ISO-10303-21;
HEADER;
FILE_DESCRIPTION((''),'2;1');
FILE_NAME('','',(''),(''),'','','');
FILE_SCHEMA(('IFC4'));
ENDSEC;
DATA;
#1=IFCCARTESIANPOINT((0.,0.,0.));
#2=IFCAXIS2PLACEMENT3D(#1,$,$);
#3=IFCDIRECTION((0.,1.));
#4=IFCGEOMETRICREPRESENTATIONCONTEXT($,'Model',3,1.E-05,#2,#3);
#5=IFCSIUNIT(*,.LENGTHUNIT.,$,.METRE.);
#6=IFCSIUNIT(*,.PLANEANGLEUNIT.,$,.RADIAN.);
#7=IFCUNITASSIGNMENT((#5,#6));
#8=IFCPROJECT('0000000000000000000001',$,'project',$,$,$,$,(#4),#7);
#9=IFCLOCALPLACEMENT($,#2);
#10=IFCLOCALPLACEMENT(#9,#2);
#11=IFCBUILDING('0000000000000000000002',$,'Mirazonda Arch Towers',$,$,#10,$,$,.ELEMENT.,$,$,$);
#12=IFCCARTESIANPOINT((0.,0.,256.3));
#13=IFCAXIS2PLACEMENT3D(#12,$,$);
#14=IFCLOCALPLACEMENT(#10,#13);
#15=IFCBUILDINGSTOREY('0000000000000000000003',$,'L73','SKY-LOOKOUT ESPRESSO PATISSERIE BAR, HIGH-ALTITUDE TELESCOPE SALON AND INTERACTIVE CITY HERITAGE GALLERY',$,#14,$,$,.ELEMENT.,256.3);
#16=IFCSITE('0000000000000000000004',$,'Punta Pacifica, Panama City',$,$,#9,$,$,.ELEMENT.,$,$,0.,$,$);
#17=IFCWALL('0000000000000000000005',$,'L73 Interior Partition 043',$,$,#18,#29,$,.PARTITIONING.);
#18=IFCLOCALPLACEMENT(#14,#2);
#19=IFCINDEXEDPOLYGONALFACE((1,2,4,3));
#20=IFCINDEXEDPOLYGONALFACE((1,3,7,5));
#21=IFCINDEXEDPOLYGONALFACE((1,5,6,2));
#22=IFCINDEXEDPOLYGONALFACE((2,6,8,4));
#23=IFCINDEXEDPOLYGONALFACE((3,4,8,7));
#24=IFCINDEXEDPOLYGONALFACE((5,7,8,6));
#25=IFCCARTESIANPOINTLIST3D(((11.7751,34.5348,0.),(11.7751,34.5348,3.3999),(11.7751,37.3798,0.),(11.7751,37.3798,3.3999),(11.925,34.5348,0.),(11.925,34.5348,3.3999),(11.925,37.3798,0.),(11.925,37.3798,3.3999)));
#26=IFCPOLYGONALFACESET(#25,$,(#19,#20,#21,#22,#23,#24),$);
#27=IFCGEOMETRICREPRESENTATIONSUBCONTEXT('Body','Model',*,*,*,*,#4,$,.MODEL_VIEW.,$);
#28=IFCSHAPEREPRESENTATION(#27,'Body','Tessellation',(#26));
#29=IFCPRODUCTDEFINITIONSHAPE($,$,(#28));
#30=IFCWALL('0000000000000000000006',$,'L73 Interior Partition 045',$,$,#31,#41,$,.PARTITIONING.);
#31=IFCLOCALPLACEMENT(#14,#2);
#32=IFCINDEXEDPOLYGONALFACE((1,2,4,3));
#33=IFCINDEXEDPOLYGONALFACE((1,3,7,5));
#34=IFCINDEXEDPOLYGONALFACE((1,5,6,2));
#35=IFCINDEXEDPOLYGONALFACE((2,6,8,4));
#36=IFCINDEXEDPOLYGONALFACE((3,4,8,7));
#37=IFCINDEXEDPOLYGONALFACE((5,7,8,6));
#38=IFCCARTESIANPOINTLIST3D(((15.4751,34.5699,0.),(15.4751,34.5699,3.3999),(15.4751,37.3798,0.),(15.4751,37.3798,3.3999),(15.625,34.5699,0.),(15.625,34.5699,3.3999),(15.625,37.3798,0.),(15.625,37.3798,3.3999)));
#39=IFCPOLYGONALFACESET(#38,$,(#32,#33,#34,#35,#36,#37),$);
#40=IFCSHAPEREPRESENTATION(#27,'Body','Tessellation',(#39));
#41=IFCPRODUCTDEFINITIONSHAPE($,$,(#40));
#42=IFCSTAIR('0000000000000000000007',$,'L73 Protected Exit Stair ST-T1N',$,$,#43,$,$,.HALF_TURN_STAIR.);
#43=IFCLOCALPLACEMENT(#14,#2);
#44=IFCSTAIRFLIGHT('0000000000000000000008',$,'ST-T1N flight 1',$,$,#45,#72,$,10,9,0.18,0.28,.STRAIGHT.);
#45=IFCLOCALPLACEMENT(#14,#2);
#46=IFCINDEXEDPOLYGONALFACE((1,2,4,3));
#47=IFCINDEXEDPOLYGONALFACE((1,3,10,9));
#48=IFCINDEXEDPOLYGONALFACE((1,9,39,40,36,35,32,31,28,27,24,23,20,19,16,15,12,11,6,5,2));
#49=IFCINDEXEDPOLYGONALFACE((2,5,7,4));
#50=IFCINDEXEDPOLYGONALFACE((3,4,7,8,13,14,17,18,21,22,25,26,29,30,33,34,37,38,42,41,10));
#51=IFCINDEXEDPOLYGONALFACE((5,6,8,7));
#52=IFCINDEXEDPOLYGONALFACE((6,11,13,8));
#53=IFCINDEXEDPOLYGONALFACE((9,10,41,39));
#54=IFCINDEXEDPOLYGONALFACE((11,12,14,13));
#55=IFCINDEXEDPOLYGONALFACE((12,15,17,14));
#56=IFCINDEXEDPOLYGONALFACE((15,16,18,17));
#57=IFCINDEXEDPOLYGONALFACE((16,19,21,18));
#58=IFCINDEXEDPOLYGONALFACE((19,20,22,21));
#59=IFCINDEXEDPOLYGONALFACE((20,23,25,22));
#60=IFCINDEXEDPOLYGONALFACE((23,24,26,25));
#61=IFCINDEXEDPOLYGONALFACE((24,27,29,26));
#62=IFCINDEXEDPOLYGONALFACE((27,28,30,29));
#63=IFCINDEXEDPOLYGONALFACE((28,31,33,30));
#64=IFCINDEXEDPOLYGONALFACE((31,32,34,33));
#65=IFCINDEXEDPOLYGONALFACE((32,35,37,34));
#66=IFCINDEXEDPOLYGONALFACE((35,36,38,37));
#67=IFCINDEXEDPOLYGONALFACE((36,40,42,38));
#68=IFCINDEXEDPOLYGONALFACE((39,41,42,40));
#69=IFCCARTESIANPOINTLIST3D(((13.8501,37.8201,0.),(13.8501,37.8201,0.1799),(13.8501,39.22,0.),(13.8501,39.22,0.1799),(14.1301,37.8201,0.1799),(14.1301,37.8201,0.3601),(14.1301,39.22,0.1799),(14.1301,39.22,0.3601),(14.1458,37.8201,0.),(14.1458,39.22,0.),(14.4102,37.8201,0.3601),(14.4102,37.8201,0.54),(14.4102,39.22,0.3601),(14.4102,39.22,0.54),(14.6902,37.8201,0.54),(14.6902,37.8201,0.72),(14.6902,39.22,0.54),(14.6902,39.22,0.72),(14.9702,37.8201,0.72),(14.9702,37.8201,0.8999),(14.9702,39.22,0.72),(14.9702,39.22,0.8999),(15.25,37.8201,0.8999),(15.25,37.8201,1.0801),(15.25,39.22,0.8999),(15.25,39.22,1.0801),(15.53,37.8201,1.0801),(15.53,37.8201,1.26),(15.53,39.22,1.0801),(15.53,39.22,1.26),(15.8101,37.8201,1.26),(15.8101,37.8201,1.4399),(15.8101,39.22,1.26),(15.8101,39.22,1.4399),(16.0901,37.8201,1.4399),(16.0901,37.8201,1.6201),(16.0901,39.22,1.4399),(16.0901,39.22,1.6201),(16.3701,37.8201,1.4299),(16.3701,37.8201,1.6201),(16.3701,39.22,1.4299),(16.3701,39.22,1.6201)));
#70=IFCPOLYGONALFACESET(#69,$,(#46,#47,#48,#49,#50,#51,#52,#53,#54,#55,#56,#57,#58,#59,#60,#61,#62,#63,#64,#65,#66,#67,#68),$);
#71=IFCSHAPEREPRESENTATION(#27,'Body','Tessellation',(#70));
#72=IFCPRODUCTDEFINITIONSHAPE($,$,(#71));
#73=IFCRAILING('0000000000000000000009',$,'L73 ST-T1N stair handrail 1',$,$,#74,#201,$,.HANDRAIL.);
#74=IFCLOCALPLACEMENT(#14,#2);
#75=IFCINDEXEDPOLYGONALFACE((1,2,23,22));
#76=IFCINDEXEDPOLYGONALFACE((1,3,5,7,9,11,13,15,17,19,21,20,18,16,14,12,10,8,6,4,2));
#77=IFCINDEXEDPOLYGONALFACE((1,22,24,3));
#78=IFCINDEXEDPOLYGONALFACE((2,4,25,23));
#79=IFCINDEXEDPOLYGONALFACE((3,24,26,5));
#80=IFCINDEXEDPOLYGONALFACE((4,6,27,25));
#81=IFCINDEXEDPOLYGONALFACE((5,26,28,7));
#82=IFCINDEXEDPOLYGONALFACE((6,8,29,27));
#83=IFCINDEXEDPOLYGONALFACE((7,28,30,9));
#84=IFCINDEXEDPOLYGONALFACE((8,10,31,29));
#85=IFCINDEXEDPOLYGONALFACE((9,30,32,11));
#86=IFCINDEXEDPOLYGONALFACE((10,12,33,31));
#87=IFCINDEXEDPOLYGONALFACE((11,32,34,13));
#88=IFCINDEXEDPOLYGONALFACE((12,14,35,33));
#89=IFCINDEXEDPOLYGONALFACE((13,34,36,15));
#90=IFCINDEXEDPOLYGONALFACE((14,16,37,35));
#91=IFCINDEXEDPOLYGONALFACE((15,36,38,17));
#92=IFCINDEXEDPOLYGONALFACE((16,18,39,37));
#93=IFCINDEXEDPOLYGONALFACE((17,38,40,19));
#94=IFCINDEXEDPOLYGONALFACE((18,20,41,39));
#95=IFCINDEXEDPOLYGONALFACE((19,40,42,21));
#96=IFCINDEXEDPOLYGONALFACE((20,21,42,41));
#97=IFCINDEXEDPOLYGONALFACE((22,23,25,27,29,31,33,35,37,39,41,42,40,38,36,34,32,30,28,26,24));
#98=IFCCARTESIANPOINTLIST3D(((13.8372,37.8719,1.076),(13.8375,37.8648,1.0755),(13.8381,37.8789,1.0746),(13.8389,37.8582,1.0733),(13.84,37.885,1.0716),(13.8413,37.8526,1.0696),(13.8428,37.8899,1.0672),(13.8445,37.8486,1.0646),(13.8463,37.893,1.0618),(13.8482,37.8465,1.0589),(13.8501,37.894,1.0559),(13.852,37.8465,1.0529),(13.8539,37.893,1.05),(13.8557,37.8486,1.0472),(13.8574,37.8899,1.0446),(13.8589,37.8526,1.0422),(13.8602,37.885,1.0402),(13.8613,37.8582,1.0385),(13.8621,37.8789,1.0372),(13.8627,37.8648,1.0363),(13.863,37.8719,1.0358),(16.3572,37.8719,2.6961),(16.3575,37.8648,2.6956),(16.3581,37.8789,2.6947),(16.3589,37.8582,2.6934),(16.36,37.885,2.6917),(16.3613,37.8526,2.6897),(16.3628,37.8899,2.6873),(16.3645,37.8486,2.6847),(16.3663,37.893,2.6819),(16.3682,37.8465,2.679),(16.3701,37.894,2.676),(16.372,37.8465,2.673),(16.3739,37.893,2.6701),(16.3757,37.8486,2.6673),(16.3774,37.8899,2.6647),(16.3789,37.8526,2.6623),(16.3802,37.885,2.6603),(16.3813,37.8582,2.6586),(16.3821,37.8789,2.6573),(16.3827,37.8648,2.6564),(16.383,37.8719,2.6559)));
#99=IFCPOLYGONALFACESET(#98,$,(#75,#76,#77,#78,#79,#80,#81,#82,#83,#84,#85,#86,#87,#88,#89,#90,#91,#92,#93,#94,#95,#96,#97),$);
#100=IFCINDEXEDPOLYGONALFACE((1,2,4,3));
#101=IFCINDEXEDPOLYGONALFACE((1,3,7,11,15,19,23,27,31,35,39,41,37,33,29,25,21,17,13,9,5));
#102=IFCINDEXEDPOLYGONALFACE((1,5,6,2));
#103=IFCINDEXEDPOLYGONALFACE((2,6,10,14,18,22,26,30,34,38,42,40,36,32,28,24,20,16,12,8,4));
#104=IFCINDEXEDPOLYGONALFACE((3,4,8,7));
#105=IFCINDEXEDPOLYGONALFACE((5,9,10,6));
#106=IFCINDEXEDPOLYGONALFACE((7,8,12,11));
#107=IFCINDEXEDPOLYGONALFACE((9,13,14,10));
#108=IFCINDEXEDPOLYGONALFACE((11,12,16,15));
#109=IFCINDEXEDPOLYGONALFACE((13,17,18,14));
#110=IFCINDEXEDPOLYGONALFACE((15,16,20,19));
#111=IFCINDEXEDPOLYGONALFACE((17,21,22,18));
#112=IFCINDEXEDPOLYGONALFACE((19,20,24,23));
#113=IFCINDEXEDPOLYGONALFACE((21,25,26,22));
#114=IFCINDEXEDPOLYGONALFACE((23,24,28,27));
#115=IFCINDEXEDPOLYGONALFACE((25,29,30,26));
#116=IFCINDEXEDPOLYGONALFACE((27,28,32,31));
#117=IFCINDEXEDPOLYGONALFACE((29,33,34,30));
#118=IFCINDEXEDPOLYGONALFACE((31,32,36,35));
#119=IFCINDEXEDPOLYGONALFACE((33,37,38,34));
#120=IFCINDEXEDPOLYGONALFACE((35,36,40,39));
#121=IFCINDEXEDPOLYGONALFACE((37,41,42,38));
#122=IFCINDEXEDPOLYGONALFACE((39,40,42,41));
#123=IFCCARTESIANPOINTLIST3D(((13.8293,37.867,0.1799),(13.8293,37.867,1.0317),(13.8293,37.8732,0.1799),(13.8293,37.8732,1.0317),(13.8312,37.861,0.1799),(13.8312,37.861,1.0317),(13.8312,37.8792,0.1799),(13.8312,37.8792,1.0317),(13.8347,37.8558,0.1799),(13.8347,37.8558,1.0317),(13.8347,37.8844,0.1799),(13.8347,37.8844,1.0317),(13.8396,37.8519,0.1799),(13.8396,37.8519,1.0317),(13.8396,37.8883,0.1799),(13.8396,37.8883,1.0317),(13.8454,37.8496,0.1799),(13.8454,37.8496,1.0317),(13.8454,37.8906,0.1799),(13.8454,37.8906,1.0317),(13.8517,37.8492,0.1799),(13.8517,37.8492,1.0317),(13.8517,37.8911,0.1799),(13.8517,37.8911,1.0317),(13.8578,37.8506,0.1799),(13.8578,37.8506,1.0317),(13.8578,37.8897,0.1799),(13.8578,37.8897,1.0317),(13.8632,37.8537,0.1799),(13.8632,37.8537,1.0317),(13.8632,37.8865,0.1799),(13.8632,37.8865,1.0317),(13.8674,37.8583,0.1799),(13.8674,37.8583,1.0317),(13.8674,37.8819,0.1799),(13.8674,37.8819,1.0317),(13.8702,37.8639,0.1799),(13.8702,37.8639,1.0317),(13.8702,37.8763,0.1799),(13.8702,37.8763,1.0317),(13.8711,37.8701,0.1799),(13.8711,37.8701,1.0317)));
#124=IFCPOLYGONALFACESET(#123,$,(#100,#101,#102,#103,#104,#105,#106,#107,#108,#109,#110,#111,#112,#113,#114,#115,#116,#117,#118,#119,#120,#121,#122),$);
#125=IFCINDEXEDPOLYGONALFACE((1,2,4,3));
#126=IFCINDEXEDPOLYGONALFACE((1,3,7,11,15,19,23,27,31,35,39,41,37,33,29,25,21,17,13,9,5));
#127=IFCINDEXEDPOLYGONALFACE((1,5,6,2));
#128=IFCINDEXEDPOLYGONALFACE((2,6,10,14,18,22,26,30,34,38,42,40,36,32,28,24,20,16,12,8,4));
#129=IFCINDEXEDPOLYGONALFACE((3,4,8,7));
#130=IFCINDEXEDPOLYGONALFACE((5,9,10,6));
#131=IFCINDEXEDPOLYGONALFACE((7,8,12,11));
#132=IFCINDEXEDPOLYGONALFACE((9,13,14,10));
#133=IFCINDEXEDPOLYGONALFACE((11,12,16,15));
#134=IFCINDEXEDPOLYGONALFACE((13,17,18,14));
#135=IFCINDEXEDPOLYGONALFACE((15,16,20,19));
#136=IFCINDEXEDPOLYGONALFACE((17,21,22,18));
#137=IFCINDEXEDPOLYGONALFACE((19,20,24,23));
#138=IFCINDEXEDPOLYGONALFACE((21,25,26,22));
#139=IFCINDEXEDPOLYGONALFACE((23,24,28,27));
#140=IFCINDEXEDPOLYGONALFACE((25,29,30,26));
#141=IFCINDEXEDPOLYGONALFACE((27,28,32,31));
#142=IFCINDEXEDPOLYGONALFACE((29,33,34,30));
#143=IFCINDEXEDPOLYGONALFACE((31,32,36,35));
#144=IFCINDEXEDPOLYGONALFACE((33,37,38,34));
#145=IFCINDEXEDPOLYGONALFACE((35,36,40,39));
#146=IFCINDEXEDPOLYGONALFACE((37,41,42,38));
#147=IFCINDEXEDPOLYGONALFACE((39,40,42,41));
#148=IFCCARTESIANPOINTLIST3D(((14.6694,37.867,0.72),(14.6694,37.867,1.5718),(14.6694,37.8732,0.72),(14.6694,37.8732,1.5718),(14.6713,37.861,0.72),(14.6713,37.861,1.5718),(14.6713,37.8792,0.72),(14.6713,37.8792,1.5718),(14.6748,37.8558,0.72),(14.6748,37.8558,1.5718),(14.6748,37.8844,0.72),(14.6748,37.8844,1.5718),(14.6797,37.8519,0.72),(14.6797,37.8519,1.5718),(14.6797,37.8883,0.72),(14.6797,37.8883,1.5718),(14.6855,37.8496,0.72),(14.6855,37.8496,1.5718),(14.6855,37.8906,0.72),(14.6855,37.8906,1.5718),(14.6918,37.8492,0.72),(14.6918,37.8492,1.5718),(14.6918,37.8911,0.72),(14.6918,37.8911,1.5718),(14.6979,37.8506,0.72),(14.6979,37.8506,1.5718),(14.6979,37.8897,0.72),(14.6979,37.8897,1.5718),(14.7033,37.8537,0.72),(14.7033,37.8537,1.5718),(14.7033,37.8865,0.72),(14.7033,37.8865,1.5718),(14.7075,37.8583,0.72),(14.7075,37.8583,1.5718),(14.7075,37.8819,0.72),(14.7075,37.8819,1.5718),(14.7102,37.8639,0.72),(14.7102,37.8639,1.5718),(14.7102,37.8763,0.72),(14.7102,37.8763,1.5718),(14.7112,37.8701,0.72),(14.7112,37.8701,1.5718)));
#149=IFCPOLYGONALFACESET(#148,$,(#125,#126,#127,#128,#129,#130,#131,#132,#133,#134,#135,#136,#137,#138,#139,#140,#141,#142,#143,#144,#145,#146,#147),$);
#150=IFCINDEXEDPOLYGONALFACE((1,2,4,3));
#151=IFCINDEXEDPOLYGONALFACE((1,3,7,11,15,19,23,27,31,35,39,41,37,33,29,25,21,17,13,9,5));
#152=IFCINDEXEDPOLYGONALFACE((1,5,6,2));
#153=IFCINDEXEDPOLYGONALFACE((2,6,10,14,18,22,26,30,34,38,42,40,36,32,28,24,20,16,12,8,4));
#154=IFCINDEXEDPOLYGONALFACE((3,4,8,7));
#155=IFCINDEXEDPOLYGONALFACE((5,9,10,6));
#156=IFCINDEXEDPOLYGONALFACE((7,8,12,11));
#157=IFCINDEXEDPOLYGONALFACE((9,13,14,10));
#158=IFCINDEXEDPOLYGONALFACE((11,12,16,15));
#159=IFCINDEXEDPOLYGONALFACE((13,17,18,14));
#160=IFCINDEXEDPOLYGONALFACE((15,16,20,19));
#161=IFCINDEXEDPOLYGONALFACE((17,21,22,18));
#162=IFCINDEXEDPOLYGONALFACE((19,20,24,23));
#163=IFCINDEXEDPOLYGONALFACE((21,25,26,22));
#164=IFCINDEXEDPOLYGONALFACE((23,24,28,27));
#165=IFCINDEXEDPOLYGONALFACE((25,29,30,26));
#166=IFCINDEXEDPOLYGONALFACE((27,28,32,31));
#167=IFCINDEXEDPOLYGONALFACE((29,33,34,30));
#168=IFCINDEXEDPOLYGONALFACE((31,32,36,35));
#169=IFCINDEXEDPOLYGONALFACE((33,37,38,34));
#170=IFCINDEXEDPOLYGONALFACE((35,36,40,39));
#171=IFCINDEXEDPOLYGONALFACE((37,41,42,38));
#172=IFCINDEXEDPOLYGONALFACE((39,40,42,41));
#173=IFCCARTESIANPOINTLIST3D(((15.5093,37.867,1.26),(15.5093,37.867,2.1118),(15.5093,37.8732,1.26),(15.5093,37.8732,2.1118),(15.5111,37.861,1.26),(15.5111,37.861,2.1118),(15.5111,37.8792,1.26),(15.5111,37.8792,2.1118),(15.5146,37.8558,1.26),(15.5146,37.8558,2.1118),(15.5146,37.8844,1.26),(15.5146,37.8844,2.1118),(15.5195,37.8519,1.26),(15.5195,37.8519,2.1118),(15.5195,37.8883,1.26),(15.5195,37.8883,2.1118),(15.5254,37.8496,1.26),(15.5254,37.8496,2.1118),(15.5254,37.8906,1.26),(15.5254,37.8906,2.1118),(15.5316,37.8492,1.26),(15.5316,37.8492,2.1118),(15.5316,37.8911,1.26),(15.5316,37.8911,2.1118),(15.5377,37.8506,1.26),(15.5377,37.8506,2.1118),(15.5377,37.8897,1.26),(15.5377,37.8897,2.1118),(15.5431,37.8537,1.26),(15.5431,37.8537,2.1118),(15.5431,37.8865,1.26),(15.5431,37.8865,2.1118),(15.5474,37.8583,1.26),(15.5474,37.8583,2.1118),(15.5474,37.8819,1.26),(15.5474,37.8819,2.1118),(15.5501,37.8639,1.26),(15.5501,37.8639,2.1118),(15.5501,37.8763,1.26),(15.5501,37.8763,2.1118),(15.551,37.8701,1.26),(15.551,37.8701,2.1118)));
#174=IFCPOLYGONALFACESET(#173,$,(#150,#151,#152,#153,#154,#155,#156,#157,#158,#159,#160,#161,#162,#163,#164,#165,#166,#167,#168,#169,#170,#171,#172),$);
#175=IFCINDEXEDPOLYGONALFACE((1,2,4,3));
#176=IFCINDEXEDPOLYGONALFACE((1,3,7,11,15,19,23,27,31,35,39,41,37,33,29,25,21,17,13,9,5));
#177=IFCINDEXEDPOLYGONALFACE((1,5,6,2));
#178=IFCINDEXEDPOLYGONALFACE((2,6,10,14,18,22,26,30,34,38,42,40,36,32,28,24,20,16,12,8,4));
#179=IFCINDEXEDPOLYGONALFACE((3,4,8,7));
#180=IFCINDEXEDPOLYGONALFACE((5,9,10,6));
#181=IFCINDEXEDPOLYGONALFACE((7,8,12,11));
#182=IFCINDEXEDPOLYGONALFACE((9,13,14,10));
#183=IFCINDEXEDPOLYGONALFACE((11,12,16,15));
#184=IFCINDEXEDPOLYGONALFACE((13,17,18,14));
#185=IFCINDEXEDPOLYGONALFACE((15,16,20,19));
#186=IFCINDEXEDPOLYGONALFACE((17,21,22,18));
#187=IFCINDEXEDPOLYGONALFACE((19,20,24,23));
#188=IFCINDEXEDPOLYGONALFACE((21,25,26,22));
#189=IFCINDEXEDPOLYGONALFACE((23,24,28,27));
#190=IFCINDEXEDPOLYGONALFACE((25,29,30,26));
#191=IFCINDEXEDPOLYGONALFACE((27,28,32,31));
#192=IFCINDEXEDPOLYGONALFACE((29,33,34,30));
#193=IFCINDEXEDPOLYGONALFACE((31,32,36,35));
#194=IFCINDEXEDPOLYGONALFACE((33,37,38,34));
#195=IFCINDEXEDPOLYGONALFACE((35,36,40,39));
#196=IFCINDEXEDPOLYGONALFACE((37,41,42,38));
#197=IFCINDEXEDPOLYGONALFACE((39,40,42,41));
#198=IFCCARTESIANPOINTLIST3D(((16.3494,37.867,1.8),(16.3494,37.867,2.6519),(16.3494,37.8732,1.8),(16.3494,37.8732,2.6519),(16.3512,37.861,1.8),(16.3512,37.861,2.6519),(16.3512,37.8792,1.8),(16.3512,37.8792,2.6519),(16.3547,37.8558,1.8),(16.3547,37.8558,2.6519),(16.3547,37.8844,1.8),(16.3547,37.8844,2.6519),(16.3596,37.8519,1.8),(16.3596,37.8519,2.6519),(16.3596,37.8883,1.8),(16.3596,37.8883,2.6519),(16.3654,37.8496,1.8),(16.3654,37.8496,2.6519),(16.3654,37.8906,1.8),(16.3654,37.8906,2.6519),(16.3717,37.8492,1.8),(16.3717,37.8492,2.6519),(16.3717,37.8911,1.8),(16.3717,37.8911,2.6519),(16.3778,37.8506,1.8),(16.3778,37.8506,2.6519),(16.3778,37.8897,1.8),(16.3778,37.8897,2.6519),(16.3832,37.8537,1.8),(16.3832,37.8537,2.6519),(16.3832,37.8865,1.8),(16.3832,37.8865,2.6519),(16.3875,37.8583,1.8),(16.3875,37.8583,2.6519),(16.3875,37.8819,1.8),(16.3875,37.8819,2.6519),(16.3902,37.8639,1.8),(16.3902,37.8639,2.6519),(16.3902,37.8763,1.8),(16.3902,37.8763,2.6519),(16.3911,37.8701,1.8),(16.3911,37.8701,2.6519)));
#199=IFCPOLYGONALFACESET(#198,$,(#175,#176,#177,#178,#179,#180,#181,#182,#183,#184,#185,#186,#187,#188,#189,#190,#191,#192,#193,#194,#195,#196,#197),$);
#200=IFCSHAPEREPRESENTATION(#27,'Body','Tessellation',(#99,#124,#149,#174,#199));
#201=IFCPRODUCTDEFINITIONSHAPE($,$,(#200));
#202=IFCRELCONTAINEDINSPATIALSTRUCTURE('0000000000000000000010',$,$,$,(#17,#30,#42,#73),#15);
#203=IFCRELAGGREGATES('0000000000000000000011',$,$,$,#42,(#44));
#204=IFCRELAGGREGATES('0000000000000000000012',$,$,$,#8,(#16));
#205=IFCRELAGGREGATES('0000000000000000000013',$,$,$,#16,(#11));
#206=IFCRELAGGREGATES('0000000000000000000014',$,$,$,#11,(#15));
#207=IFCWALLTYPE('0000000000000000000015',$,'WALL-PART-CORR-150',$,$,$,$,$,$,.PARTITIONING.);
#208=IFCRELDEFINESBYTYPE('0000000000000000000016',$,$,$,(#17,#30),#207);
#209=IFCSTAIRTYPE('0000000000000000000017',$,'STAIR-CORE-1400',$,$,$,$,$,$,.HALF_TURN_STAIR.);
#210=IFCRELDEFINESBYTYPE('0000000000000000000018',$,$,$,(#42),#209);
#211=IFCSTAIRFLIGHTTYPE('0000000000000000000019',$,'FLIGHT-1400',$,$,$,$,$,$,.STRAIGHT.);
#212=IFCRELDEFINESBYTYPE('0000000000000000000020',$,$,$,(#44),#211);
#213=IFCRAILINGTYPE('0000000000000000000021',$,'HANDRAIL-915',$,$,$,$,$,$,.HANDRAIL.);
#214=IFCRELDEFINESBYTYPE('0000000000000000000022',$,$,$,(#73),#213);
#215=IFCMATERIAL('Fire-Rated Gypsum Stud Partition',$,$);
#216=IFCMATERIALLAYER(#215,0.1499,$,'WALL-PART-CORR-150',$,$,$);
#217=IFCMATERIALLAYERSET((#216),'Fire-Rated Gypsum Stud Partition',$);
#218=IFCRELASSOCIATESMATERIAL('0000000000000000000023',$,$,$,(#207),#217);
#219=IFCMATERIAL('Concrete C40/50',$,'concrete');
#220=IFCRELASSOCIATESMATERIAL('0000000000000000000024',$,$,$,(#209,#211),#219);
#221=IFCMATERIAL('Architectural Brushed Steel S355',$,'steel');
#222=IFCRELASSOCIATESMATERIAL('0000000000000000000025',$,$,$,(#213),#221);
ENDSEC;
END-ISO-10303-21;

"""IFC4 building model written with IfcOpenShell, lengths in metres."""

from ifc_helpers import new_model, si_unit, direction, frame, frame_2d, origin, origin_2d, place, context, subcontext, project, spatial, polyline, rectangle, circle, outline, extrude, material, layer, layer_set, type_object, element, aggregate, save


model = new_model("IFC4")

# Units and contexts
model_context = context("Model", 3, precision=1e-05, world=origin(), true_north=direction((0.0, 1.0)))
body_context = subcontext(model_context, "Body", "Model", "MODEL_VIEW")
ifc_project = project(units=[si_unit("LENGTHUNIT", "METRE"), si_unit("PLANEANGLEUNIT", "RADIAN")], contexts=[model_context])

# Site, building, storey
site_placement = place(None, origin())
site = spatial("IfcSite", under=ifc_project, at=site_placement, Name="Punta Pacifica, Panama City", CompositionType="ELEMENT", RefElevation=0.0)
building_placement = place(site_placement, origin())
building = spatial("IfcBuilding", under=site, at=building_placement, Name="Mirazonda Arch Towers", CompositionType="ELEMENT")
storey_placement = place(building_placement, frame((0.0, 0.0, 256.3)))
storey = spatial("IfcBuildingStorey", under=building, at=storey_placement, Name="L73", Description="SKY-LOOKOUT ESPRESSO PATISSERIE BAR, HIGH-ALTITUDE TELESCOPE SALON AND INTERACTIVE CITY HERITAGE GALLERY", CompositionType="ELEMENT", Elevation=256.3)

# Shared definitions
ifc_material_1 = material(Name="Architectural Brushed Steel S355", Category="steel")
ifc_material_2 = material(Name="Concrete C40/50", Category="concrete")

# Shared definitions
ifc_material_3 = material(Name="Fire-Rated Gypsum Stud Partition")
ifc_layer_1 = layer(ifc_material_3, 0.1499, Name="WALL-PART-CORR-150")
ifc_layer_set_1 = layer_set([ifc_layer_1], Name="Fire-Rated Gypsum Stud Partition")
wall_type_1 = type_object("IfcWallType", Name="WALL-PART-CORR-150", PredefinedType="PARTITIONING", material=ifc_layer_set_1)

# Walls
wall_1_placement = place(storey_placement, frame((11.8501, 34.5349, 0.0), z_axis=(0.0, 0.0, 1.0), x_axis=(0.0, 1.0, 0.0)))
element("IfcWall", 1, at=wall_1_placement, inside=storey, type_object=wall_type_1, Name="L73 Interior Partition 043", PredefinedType="PARTITIONING", context=body_context, shape_type="SweptSolid", body=[
    extrude(rectangle(XDim=2.845, YDim=0.1499, at=frame_2d((1.4224, 0.0))), origin(), (0.0, 0.0, 1.0), 3.3999),
])
wall_2_placement = place(storey_placement, frame((15.55, 34.5701, 0.0), z_axis=(0.0, 0.0, 1.0), x_axis=(0.0, 1.0, 0.0)))
element("IfcWall", 2, at=wall_2_placement, inside=storey, type_object=wall_type_1, Name="L73 Interior Partition 045", PredefinedType="PARTITIONING", context=body_context, shape_type="SweptSolid", body=[
    extrude(rectangle(XDim=2.8098, YDim=0.1499, at=frame_2d((1.4048, 0.0))), origin(), (0.0, 0.0, 1.0), 3.3999),
])

# Stair, stair flight
stair_type = type_object("IfcStairType", Name="STAIR-CORE-1400", PredefinedType="HALF_TURN_STAIR", material=ifc_material_2)
stair_placement = place(storey_placement, origin())
stair = element("IfcStair", 3, at=stair_placement, inside=storey, type_object=stair_type, Name="L73 Protected Exit Stair ST-T1N", PredefinedType="HALF_TURN_STAIR")
stair_flight_type = type_object("IfcStairFlightType", Name="FLIGHT-1400", PredefinedType="STRAIGHT", material=ifc_material_2)
stair_flight_placement = place(storey_placement, frame((13.8501, 38.52, 0.0), z_axis=(0.0, 0.0, 1.0), x_axis=(1.0, 0.0, 0.0)))
stair_flight = element("IfcStairFlight", 4, at=stair_flight_placement, type_object=stair_flight_type, Name="ST-T1N flight 1", NumberOfRisers=10, NumberOfTreads=9, PredefinedType="STRAIGHT", RiserHeight=0.18, TreadLength=0.28, context=body_context, shape_type="SweptSolid", body=[
    extrude(outline(polyline([(0.0, 0.0), (0.0, 0.1799), (0.28, 0.1799), (0.28, 0.3601), (0.5601, 0.3601), (0.5601, 0.54), (0.8401, 0.54), (0.8401, 0.72), (1.1201, 0.72), (1.1201, 0.8999), (1.3999, 0.8999), (1.3999, 1.0801), (1.6799, 1.0801), (1.6799, 1.26), (1.96, 1.26), (1.96, 1.4399), (2.24, 1.4399), (2.24, 1.6201), (2.52, 1.6201), (2.52, 1.8), (2.52, 1.4299), (0.2957, 0.0), (0.0, 0.0)])), frame((0.0, 0.7, 0.0), z_axis=(0.0, -1.0, 0.0), x_axis=(1.0, 0.0, 0.0)), (0.0, 0.0, 1.0), 1.3999),
])
aggregate(stair, [stair_flight])

# Railing
railing_type_1 = type_object("IfcRailingType", Name="HANDRAIL-915", PredefinedType="HANDRAIL", material=ifc_material_1)
railing_1_placement = place(storey_placement, frame((13.8501, 37.8701, 0.1799)))
element("IfcRailing", 5, at=railing_1_placement, inside=storey, type_object=railing_type_1, Name="L73 ST-T1N stair handrail 1", PredefinedType="HANDRAIL", context=body_context, shape_type="SweptSolid", body=[
    extrude(circle(Radius=0.0239, at=origin_2d()), frame((0.0, 0.0, 0.876), z_axis=(0.841163, 0.0, 0.540782), x_axis=(0.0, 1.0, 0.0)), (0.0, 0.0, 1.0), 2.9958),
    extrude(circle(Radius=0.021, at=origin_2d()), origin(), (0.0, 0.0, 1.0), 0.8518),
    extrude(circle(Radius=0.021, at=origin_2d()), frame((0.8401, 0.0, 0.54)), (0.0, 0.0, 1.0), 0.8518),
    extrude(circle(Radius=0.021, at=origin_2d()), frame((1.6799, 0.0, 1.0801)), (0.0, 0.0, 1.0), 0.8518),
    extrude(circle(Radius=0.021, at=origin_2d()), frame((2.52, 0.0, 1.6201)), (0.0, 0.0, 1.0), 0.8518),
])

save(model, "model.ifc")
